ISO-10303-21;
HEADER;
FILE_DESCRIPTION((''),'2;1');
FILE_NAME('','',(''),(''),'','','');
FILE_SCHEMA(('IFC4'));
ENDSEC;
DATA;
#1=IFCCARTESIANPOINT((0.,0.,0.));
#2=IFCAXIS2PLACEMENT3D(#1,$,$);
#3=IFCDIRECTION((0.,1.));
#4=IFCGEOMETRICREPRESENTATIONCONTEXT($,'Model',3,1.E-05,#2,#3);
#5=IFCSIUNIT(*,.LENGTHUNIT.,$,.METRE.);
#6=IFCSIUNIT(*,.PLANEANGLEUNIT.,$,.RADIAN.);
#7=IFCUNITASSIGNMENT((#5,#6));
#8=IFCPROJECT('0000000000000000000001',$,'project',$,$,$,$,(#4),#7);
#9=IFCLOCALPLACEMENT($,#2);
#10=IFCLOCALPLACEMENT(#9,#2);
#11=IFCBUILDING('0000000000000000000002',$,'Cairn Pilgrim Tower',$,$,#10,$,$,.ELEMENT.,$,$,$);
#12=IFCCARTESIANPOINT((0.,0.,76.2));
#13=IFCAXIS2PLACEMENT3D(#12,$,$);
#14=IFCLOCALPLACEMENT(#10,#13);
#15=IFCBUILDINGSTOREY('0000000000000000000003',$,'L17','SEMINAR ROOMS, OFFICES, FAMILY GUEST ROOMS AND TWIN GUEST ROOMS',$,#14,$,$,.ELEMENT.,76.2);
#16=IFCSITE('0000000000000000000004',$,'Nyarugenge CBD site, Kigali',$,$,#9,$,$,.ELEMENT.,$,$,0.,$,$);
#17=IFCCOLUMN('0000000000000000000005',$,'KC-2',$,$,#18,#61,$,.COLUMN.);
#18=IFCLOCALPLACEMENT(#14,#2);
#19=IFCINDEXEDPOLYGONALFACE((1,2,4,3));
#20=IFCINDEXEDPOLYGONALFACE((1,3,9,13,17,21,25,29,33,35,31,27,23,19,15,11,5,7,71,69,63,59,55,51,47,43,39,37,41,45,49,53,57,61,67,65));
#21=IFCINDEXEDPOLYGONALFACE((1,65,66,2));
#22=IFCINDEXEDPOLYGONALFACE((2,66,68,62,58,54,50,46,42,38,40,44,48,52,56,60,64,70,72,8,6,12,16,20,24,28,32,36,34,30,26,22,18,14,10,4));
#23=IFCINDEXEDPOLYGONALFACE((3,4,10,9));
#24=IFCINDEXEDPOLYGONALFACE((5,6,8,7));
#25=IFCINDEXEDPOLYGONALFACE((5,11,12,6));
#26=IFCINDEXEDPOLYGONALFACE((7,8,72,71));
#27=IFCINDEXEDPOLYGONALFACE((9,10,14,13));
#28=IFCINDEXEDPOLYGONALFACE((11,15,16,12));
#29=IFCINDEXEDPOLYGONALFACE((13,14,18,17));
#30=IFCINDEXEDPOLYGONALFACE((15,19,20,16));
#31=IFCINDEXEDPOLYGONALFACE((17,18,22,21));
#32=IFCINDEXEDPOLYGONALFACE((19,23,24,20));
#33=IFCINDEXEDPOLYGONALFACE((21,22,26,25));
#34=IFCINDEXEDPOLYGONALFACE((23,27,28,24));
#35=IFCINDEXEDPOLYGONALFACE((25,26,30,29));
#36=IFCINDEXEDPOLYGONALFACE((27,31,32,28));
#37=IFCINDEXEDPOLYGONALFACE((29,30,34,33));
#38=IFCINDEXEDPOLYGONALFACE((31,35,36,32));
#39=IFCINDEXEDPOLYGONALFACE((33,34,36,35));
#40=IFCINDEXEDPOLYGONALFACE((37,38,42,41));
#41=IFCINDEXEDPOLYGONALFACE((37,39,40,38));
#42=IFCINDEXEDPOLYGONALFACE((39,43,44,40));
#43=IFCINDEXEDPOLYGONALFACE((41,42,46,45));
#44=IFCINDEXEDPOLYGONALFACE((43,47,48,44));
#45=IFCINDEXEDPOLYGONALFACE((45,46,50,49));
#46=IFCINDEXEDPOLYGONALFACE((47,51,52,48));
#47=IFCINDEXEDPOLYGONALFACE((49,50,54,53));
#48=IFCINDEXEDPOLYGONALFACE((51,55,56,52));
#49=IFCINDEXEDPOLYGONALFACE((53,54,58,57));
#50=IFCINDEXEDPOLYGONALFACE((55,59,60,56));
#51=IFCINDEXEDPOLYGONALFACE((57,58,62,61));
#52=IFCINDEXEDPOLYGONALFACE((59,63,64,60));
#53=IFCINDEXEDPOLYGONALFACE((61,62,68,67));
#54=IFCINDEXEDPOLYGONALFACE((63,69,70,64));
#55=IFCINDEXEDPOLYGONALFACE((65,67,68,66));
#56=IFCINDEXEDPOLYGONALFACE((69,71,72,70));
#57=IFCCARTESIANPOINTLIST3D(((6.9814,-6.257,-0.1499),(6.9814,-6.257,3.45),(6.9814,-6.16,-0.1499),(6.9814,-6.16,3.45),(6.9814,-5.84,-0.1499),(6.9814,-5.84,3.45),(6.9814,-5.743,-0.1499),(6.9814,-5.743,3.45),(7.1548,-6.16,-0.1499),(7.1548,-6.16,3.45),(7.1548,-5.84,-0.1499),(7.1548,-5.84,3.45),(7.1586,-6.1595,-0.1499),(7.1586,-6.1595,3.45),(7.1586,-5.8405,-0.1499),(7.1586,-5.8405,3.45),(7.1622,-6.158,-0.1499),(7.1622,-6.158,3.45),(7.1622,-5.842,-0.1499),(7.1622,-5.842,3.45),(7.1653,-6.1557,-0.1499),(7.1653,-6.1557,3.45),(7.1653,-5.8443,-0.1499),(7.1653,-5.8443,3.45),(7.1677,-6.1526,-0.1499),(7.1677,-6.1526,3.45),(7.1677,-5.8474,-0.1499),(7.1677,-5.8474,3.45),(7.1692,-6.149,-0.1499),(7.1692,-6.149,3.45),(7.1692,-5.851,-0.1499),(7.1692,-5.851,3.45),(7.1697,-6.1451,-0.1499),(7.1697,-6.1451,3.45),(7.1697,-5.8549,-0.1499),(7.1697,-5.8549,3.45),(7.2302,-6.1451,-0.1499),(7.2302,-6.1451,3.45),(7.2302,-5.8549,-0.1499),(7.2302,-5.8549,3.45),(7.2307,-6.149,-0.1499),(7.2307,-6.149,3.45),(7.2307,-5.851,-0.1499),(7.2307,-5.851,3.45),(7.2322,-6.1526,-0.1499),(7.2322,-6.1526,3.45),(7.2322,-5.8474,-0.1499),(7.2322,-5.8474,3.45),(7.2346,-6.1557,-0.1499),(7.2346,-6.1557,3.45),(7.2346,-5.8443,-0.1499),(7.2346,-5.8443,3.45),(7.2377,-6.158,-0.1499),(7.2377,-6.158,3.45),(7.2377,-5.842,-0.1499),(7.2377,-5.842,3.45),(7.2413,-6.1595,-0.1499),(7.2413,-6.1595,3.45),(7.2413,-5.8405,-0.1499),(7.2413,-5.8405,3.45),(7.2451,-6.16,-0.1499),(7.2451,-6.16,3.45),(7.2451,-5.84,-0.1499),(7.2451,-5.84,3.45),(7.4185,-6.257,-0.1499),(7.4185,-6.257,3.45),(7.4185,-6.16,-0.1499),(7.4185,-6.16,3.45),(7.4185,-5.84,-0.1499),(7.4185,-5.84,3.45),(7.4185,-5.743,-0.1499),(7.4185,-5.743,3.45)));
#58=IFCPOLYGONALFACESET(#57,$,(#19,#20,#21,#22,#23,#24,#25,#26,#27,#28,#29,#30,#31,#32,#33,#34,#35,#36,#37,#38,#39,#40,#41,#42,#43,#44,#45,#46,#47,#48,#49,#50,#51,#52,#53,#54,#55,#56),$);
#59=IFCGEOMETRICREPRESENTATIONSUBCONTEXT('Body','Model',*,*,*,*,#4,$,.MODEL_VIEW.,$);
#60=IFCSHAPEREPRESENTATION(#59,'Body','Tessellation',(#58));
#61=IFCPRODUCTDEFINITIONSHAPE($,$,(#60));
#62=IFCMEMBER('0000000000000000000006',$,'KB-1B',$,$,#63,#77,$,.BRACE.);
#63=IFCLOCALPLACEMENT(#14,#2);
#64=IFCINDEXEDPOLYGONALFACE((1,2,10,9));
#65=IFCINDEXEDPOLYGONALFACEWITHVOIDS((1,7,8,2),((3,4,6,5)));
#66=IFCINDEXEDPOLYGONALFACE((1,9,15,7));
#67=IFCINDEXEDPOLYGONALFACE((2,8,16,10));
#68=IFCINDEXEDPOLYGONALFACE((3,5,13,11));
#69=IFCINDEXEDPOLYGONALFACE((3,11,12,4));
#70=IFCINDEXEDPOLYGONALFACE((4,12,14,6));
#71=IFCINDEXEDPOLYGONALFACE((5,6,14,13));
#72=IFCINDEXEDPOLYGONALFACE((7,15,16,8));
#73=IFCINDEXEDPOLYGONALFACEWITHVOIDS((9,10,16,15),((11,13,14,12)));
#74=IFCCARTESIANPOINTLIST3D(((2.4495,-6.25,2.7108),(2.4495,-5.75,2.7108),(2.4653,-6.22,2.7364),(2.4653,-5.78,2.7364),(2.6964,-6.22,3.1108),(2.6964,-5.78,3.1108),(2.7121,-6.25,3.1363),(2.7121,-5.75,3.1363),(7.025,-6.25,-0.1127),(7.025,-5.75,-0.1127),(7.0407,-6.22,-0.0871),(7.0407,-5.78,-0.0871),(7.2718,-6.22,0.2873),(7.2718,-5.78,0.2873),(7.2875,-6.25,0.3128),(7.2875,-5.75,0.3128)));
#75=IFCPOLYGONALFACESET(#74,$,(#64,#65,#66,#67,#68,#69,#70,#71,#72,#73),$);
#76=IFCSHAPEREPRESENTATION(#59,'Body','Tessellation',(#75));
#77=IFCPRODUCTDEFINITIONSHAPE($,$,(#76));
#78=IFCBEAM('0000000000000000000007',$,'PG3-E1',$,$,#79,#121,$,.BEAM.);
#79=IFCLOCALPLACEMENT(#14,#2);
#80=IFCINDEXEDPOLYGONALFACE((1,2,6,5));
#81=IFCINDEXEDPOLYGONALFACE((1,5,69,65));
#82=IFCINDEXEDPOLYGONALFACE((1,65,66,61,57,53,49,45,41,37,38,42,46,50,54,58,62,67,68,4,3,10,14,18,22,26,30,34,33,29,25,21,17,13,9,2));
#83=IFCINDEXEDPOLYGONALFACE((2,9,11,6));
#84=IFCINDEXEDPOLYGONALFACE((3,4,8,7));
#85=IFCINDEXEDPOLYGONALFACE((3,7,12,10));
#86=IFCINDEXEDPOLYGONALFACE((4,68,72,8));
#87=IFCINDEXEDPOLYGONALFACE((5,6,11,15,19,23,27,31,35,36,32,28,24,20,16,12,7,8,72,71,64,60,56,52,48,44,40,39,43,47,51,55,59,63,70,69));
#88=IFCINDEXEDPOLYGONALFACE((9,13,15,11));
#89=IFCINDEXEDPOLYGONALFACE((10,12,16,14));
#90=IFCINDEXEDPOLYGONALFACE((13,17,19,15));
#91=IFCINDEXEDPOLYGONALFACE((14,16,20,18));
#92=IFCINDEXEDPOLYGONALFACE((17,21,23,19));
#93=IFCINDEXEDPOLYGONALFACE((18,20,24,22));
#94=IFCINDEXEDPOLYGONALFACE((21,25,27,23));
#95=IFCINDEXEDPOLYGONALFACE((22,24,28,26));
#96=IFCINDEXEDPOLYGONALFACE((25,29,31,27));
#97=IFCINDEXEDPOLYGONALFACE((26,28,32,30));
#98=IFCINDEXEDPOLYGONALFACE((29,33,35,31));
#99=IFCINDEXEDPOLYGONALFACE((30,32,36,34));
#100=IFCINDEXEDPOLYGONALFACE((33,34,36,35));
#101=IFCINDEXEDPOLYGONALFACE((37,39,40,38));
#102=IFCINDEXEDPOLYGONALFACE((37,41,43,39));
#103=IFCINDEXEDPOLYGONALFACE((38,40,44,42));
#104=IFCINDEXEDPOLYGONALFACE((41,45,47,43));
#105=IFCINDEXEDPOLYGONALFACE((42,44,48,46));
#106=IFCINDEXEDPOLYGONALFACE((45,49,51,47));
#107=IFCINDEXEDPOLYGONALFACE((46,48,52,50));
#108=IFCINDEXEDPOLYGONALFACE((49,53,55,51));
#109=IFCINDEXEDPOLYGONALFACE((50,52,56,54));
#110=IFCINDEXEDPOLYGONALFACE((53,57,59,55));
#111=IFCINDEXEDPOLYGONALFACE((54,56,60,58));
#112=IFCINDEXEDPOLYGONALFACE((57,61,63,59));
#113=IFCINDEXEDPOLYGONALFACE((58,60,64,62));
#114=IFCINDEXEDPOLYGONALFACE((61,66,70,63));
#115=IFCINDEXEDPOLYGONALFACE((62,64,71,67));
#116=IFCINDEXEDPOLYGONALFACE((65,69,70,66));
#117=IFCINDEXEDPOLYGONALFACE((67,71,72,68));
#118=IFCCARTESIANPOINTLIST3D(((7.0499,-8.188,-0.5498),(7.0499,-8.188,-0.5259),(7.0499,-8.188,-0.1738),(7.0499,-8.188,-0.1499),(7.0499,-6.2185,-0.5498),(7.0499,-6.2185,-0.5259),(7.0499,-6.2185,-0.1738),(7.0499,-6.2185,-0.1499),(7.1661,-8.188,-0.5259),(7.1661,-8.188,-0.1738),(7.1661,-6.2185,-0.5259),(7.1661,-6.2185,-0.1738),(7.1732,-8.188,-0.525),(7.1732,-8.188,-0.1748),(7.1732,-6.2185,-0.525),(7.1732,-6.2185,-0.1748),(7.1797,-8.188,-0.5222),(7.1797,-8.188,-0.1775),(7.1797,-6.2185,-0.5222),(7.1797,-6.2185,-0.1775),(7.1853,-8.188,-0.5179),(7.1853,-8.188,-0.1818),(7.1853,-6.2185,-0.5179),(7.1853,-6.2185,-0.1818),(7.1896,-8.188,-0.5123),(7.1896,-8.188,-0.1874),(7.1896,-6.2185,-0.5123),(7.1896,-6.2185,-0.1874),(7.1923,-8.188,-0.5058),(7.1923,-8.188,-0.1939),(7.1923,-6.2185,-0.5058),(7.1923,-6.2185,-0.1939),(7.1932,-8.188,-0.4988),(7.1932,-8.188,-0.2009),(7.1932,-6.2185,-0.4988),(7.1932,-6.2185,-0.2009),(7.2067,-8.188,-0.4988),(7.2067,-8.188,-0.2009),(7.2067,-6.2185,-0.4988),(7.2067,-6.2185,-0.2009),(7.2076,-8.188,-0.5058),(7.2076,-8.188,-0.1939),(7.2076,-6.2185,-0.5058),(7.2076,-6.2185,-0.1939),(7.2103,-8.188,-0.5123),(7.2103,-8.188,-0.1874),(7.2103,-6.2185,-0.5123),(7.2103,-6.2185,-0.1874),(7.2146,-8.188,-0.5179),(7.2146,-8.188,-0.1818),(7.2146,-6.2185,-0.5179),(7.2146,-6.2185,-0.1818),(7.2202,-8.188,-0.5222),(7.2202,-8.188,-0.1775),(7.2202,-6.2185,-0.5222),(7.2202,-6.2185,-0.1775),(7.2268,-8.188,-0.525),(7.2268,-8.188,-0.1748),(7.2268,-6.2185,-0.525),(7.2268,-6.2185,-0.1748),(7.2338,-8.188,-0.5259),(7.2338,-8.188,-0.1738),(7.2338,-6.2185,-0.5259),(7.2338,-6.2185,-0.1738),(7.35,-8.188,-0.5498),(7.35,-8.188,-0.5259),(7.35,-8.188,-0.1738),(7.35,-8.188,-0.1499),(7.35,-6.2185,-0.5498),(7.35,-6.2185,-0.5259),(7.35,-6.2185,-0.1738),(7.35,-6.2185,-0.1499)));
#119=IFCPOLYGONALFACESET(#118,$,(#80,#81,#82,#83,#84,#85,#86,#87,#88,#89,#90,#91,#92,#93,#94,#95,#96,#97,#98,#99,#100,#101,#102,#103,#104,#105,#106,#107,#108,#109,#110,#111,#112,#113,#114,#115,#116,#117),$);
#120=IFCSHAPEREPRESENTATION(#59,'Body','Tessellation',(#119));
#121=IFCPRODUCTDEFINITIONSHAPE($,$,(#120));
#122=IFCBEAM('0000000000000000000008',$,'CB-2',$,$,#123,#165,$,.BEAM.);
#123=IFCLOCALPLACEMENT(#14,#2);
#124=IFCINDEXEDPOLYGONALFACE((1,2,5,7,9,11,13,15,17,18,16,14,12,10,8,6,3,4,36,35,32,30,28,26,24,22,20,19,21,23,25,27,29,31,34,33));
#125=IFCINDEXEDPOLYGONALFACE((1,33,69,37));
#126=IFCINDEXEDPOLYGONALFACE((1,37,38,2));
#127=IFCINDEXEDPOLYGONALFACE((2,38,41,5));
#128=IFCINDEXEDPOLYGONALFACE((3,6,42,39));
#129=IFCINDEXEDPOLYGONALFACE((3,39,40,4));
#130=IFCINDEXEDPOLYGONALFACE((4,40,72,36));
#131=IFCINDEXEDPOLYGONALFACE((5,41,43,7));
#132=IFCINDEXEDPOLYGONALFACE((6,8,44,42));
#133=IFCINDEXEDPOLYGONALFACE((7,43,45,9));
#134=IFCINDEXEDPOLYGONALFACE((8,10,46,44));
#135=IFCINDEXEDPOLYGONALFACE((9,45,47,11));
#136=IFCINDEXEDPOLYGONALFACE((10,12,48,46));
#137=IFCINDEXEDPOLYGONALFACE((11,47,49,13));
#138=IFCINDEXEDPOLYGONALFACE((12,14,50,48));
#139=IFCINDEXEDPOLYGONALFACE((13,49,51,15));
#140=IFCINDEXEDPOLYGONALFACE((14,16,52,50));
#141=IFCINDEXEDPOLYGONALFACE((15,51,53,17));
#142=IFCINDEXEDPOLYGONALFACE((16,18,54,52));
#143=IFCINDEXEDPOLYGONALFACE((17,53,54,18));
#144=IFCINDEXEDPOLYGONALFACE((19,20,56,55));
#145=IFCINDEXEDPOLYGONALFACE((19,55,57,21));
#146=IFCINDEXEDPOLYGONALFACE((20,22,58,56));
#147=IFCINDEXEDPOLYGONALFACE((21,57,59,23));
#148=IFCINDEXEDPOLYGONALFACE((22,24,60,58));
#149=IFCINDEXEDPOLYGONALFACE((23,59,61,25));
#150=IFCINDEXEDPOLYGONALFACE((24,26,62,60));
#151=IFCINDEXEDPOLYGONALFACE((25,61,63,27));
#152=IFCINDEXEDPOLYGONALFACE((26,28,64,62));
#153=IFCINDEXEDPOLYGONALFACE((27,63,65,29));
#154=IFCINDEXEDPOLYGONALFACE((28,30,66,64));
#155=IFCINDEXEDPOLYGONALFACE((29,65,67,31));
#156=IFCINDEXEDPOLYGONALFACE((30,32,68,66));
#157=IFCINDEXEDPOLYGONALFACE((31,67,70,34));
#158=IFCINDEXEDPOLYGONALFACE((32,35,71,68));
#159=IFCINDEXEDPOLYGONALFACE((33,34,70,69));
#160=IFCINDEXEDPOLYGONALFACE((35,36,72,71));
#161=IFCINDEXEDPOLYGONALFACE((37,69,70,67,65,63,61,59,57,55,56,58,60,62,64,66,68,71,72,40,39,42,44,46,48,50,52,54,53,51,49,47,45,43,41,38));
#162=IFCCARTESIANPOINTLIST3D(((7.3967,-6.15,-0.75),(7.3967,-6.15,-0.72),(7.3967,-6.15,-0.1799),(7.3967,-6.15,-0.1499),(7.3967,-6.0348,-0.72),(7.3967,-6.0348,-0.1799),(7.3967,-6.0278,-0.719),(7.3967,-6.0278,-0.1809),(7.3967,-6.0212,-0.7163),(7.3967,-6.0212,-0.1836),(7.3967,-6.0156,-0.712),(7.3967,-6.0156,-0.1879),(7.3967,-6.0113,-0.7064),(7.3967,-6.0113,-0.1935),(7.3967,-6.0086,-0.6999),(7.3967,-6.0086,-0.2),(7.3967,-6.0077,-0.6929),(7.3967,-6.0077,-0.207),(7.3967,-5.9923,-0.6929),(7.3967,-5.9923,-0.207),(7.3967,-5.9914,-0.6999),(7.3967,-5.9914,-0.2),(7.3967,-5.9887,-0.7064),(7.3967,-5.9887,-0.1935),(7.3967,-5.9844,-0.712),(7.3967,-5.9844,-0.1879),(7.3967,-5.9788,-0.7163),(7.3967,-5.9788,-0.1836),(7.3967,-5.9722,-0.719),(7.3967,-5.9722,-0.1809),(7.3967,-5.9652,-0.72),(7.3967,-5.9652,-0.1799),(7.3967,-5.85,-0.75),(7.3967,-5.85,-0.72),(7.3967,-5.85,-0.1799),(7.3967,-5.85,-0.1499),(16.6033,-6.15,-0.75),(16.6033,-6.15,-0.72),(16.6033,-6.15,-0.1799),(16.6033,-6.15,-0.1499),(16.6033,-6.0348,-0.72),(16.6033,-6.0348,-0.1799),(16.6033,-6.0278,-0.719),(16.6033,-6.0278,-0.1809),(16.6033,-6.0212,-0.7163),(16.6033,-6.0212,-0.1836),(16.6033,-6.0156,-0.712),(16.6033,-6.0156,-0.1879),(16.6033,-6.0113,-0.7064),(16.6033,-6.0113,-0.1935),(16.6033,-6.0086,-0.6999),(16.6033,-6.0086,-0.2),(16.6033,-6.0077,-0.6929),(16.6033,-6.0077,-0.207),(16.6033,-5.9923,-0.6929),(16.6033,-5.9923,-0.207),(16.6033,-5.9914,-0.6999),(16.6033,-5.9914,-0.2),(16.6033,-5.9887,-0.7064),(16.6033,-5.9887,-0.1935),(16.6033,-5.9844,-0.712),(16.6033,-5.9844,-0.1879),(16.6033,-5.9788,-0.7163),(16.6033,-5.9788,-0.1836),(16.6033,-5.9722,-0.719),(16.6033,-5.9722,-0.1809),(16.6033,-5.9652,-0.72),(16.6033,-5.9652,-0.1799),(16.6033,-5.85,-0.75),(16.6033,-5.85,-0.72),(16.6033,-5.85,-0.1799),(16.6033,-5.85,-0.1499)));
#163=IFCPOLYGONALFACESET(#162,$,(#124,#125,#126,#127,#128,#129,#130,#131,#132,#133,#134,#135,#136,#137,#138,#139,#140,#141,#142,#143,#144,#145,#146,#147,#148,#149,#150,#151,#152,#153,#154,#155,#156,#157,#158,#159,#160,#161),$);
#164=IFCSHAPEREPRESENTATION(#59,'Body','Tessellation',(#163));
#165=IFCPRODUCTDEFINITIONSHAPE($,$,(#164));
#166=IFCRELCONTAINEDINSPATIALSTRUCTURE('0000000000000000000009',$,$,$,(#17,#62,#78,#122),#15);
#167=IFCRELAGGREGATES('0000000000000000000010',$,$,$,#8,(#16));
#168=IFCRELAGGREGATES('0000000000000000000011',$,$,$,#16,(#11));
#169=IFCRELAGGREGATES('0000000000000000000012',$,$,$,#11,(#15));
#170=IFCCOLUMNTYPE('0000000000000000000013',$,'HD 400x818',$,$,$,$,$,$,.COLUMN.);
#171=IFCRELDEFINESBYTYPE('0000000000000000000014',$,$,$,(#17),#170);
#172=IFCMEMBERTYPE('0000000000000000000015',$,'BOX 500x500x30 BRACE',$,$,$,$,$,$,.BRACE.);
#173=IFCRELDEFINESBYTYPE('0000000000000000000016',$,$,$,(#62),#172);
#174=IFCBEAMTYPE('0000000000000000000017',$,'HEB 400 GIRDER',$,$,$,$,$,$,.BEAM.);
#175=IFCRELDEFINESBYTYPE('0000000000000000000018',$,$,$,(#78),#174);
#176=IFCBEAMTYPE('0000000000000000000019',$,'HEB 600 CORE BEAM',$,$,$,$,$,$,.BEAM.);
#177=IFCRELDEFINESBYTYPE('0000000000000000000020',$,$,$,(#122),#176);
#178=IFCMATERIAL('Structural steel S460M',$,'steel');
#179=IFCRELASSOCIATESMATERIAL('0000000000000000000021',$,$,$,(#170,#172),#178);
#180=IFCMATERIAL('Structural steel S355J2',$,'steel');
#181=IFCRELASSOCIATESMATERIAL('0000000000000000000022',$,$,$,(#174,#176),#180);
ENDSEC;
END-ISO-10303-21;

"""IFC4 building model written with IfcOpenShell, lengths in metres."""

from ifc_helpers import new_model, si_unit, direction, frame, origin, origin_2d, place, context, subcontext, project, spatial, hollow_rectangle, i_section, extrude, material, material_profile, profile_set, type_object, element, save


model = new_model("IFC4")

# Units and contexts
model_context = context("Model", 3, precision=1e-05, world=origin(), true_north=direction((0.0, 1.0)))
body_context = subcontext(model_context, "Body", "Model", "MODEL_VIEW")
ifc_project = project(units=[si_unit("LENGTHUNIT", "METRE"), si_unit("PLANEANGLEUNIT", "RADIAN")], contexts=[model_context])

# Site, building, storey
site_placement = place(None, origin())
site = spatial("IfcSite", under=ifc_project, at=site_placement, Name="Nyarugenge CBD site, Kigali", CompositionType="ELEMENT", RefElevation=0.0)
building_placement = place(site_placement, origin())
building = spatial("IfcBuilding", under=site, at=building_placement, Name="Cairn Pilgrim Tower", CompositionType="ELEMENT")
storey_placement = place(building_placement, frame((0.0, 0.0, 76.2)))
storey = spatial("IfcBuildingStorey", under=building, at=storey_placement, Name="L17", Description="SEMINAR ROOMS, OFFICES, FAMILY GUEST ROOMS AND TWIN GUEST ROOMS", CompositionType="ELEMENT", Elevation=76.2)

# Column
ifc_material_1 = material(Name="Structural steel S460M", Category="steel")
ifc_material_profile_1 = material_profile(ifc_material_1, i_section(OverallWidth=0.437, OverallDepth=0.5139, WebThickness=0.0605, FlangeThickness=0.0969, FilletRadius=0.0149, at=origin_2d()), Name="HD 400x818")
ifc_profile_set_1 = profile_set([ifc_material_profile_1], Name="Structural steel S460M")
column_type = type_object("IfcColumnType", Name="HD 400x818", PredefinedType="COLUMN", material=ifc_profile_set_1)
column_placement = place(storey_placement, frame((7.2, -6.0, -0.1499), z_axis=(0.0, 0.0, 1.0), x_axis=(1.0, 0.0, 0.0)))
element("IfcColumn", 1, at=column_placement, inside=storey, type_object=column_type, Name="KC-2", PredefinedType="COLUMN", context=body_context, shape_type="SweptSolid", body=[
    extrude(i_section(OverallWidth=0.437, OverallDepth=0.5139, WebThickness=0.0605, FlangeThickness=0.0969, FilletRadius=0.0149, at=origin_2d()), origin(), (0.0, 0.0, 1.0), 3.5999),
])

# Member
ifc_material_profile_2 = material_profile(ifc_material_1, hollow_rectangle(XDim=0.5, YDim=0.5, WallThickness=0.03, at=origin_2d()), Name="BOX 500x500x30")
ifc_profile_set_2 = profile_set([ifc_material_profile_2], Name="Structural steel S460M")
member_type = type_object("IfcMemberType", Name="BOX 500x500x30 BRACE", PredefinedType="BRACE", material=ifc_profile_set_2)
member_placement = place(storey_placement, frame((7.1562, -6.0, 0.1001), z_axis=(-0.851008, 0.0, 0.525154), x_axis=(0.0, -1.0, 0.0)))
element("IfcMember", 2, at=member_placement, inside=storey, type_object=member_type, Name="KB-1B", PredefinedType="BRACE", context=body_context, shape_type="SweptSolid", body=[
    extrude(hollow_rectangle(XDim=0.5, YDim=0.5, WallThickness=0.03, at=origin_2d()), origin(), (0.0, 0.0, 1.0), 5.3765),
])

# Beams
ifc_material_2 = material(Name="Structural steel S355J2", Category="steel")
ifc_material_profile_3 = material_profile(ifc_material_2, i_section(OverallWidth=0.3, OverallDepth=0.3999, WebThickness=0.0134, FlangeThickness=0.0239, FilletRadius=0.0271, at=origin_2d()), Name="HEB 400")
ifc_profile_set_3 = profile_set([ifc_material_profile_3], Name="Structural steel S355J2")
beam_type_1 = type_object("IfcBeamType", Name="HEB 400 GIRDER", PredefinedType="BEAM", material=ifc_profile_set_3)
beam_1_placement = place(storey_placement, frame((7.2, -8.188, -0.3499), z_axis=(0.0, 1.0, 0.0), x_axis=(-1.0, 0.0, 0.0)))
element("IfcBeam", 3, at=beam_1_placement, inside=storey, type_object=beam_type_1, Name="PG3-E1", PredefinedType="BEAM", context=body_context, shape_type="SweptSolid", body=[
    extrude(i_section(OverallWidth=0.3, OverallDepth=0.3999, WebThickness=0.0134, FlangeThickness=0.0239, FilletRadius=0.0271, at=origin_2d()), origin(), (0.0, 0.0, 1.0), 1.9695),
])
ifc_material_profile_4 = material_profile(ifc_material_2, i_section(OverallWidth=0.3, OverallDepth=0.6001, WebThickness=0.0154, FlangeThickness=0.03, FilletRadius=0.0271, at=origin_2d()), Name="HEB 600")
ifc_profile_set_4 = profile_set([ifc_material_profile_4], Name="Structural steel S355J2")
beam_type_2 = type_object("IfcBeamType", Name="HEB 600 CORE BEAM", PredefinedType="BEAM", material=ifc_profile_set_4)
beam_2_placement = place(storey_placement, frame((7.3967, -6.0, -0.45), z_axis=(1.0, 0.0, 0.0), x_axis=(0.0, 1.0, 0.0)))
element("IfcBeam", 4, at=beam_2_placement, inside=storey, type_object=beam_type_2, Name="CB-2", PredefinedType="BEAM", context=body_context, shape_type="SweptSolid", body=[
    extrude(i_section(OverallWidth=0.3, OverallDepth=0.6001, WebThickness=0.0154, FlangeThickness=0.03, FilletRadius=0.0271, at=origin_2d()), origin(), (0.0, 0.0, 1.0), 9.2065),
])

save(model, "model.ifc")
